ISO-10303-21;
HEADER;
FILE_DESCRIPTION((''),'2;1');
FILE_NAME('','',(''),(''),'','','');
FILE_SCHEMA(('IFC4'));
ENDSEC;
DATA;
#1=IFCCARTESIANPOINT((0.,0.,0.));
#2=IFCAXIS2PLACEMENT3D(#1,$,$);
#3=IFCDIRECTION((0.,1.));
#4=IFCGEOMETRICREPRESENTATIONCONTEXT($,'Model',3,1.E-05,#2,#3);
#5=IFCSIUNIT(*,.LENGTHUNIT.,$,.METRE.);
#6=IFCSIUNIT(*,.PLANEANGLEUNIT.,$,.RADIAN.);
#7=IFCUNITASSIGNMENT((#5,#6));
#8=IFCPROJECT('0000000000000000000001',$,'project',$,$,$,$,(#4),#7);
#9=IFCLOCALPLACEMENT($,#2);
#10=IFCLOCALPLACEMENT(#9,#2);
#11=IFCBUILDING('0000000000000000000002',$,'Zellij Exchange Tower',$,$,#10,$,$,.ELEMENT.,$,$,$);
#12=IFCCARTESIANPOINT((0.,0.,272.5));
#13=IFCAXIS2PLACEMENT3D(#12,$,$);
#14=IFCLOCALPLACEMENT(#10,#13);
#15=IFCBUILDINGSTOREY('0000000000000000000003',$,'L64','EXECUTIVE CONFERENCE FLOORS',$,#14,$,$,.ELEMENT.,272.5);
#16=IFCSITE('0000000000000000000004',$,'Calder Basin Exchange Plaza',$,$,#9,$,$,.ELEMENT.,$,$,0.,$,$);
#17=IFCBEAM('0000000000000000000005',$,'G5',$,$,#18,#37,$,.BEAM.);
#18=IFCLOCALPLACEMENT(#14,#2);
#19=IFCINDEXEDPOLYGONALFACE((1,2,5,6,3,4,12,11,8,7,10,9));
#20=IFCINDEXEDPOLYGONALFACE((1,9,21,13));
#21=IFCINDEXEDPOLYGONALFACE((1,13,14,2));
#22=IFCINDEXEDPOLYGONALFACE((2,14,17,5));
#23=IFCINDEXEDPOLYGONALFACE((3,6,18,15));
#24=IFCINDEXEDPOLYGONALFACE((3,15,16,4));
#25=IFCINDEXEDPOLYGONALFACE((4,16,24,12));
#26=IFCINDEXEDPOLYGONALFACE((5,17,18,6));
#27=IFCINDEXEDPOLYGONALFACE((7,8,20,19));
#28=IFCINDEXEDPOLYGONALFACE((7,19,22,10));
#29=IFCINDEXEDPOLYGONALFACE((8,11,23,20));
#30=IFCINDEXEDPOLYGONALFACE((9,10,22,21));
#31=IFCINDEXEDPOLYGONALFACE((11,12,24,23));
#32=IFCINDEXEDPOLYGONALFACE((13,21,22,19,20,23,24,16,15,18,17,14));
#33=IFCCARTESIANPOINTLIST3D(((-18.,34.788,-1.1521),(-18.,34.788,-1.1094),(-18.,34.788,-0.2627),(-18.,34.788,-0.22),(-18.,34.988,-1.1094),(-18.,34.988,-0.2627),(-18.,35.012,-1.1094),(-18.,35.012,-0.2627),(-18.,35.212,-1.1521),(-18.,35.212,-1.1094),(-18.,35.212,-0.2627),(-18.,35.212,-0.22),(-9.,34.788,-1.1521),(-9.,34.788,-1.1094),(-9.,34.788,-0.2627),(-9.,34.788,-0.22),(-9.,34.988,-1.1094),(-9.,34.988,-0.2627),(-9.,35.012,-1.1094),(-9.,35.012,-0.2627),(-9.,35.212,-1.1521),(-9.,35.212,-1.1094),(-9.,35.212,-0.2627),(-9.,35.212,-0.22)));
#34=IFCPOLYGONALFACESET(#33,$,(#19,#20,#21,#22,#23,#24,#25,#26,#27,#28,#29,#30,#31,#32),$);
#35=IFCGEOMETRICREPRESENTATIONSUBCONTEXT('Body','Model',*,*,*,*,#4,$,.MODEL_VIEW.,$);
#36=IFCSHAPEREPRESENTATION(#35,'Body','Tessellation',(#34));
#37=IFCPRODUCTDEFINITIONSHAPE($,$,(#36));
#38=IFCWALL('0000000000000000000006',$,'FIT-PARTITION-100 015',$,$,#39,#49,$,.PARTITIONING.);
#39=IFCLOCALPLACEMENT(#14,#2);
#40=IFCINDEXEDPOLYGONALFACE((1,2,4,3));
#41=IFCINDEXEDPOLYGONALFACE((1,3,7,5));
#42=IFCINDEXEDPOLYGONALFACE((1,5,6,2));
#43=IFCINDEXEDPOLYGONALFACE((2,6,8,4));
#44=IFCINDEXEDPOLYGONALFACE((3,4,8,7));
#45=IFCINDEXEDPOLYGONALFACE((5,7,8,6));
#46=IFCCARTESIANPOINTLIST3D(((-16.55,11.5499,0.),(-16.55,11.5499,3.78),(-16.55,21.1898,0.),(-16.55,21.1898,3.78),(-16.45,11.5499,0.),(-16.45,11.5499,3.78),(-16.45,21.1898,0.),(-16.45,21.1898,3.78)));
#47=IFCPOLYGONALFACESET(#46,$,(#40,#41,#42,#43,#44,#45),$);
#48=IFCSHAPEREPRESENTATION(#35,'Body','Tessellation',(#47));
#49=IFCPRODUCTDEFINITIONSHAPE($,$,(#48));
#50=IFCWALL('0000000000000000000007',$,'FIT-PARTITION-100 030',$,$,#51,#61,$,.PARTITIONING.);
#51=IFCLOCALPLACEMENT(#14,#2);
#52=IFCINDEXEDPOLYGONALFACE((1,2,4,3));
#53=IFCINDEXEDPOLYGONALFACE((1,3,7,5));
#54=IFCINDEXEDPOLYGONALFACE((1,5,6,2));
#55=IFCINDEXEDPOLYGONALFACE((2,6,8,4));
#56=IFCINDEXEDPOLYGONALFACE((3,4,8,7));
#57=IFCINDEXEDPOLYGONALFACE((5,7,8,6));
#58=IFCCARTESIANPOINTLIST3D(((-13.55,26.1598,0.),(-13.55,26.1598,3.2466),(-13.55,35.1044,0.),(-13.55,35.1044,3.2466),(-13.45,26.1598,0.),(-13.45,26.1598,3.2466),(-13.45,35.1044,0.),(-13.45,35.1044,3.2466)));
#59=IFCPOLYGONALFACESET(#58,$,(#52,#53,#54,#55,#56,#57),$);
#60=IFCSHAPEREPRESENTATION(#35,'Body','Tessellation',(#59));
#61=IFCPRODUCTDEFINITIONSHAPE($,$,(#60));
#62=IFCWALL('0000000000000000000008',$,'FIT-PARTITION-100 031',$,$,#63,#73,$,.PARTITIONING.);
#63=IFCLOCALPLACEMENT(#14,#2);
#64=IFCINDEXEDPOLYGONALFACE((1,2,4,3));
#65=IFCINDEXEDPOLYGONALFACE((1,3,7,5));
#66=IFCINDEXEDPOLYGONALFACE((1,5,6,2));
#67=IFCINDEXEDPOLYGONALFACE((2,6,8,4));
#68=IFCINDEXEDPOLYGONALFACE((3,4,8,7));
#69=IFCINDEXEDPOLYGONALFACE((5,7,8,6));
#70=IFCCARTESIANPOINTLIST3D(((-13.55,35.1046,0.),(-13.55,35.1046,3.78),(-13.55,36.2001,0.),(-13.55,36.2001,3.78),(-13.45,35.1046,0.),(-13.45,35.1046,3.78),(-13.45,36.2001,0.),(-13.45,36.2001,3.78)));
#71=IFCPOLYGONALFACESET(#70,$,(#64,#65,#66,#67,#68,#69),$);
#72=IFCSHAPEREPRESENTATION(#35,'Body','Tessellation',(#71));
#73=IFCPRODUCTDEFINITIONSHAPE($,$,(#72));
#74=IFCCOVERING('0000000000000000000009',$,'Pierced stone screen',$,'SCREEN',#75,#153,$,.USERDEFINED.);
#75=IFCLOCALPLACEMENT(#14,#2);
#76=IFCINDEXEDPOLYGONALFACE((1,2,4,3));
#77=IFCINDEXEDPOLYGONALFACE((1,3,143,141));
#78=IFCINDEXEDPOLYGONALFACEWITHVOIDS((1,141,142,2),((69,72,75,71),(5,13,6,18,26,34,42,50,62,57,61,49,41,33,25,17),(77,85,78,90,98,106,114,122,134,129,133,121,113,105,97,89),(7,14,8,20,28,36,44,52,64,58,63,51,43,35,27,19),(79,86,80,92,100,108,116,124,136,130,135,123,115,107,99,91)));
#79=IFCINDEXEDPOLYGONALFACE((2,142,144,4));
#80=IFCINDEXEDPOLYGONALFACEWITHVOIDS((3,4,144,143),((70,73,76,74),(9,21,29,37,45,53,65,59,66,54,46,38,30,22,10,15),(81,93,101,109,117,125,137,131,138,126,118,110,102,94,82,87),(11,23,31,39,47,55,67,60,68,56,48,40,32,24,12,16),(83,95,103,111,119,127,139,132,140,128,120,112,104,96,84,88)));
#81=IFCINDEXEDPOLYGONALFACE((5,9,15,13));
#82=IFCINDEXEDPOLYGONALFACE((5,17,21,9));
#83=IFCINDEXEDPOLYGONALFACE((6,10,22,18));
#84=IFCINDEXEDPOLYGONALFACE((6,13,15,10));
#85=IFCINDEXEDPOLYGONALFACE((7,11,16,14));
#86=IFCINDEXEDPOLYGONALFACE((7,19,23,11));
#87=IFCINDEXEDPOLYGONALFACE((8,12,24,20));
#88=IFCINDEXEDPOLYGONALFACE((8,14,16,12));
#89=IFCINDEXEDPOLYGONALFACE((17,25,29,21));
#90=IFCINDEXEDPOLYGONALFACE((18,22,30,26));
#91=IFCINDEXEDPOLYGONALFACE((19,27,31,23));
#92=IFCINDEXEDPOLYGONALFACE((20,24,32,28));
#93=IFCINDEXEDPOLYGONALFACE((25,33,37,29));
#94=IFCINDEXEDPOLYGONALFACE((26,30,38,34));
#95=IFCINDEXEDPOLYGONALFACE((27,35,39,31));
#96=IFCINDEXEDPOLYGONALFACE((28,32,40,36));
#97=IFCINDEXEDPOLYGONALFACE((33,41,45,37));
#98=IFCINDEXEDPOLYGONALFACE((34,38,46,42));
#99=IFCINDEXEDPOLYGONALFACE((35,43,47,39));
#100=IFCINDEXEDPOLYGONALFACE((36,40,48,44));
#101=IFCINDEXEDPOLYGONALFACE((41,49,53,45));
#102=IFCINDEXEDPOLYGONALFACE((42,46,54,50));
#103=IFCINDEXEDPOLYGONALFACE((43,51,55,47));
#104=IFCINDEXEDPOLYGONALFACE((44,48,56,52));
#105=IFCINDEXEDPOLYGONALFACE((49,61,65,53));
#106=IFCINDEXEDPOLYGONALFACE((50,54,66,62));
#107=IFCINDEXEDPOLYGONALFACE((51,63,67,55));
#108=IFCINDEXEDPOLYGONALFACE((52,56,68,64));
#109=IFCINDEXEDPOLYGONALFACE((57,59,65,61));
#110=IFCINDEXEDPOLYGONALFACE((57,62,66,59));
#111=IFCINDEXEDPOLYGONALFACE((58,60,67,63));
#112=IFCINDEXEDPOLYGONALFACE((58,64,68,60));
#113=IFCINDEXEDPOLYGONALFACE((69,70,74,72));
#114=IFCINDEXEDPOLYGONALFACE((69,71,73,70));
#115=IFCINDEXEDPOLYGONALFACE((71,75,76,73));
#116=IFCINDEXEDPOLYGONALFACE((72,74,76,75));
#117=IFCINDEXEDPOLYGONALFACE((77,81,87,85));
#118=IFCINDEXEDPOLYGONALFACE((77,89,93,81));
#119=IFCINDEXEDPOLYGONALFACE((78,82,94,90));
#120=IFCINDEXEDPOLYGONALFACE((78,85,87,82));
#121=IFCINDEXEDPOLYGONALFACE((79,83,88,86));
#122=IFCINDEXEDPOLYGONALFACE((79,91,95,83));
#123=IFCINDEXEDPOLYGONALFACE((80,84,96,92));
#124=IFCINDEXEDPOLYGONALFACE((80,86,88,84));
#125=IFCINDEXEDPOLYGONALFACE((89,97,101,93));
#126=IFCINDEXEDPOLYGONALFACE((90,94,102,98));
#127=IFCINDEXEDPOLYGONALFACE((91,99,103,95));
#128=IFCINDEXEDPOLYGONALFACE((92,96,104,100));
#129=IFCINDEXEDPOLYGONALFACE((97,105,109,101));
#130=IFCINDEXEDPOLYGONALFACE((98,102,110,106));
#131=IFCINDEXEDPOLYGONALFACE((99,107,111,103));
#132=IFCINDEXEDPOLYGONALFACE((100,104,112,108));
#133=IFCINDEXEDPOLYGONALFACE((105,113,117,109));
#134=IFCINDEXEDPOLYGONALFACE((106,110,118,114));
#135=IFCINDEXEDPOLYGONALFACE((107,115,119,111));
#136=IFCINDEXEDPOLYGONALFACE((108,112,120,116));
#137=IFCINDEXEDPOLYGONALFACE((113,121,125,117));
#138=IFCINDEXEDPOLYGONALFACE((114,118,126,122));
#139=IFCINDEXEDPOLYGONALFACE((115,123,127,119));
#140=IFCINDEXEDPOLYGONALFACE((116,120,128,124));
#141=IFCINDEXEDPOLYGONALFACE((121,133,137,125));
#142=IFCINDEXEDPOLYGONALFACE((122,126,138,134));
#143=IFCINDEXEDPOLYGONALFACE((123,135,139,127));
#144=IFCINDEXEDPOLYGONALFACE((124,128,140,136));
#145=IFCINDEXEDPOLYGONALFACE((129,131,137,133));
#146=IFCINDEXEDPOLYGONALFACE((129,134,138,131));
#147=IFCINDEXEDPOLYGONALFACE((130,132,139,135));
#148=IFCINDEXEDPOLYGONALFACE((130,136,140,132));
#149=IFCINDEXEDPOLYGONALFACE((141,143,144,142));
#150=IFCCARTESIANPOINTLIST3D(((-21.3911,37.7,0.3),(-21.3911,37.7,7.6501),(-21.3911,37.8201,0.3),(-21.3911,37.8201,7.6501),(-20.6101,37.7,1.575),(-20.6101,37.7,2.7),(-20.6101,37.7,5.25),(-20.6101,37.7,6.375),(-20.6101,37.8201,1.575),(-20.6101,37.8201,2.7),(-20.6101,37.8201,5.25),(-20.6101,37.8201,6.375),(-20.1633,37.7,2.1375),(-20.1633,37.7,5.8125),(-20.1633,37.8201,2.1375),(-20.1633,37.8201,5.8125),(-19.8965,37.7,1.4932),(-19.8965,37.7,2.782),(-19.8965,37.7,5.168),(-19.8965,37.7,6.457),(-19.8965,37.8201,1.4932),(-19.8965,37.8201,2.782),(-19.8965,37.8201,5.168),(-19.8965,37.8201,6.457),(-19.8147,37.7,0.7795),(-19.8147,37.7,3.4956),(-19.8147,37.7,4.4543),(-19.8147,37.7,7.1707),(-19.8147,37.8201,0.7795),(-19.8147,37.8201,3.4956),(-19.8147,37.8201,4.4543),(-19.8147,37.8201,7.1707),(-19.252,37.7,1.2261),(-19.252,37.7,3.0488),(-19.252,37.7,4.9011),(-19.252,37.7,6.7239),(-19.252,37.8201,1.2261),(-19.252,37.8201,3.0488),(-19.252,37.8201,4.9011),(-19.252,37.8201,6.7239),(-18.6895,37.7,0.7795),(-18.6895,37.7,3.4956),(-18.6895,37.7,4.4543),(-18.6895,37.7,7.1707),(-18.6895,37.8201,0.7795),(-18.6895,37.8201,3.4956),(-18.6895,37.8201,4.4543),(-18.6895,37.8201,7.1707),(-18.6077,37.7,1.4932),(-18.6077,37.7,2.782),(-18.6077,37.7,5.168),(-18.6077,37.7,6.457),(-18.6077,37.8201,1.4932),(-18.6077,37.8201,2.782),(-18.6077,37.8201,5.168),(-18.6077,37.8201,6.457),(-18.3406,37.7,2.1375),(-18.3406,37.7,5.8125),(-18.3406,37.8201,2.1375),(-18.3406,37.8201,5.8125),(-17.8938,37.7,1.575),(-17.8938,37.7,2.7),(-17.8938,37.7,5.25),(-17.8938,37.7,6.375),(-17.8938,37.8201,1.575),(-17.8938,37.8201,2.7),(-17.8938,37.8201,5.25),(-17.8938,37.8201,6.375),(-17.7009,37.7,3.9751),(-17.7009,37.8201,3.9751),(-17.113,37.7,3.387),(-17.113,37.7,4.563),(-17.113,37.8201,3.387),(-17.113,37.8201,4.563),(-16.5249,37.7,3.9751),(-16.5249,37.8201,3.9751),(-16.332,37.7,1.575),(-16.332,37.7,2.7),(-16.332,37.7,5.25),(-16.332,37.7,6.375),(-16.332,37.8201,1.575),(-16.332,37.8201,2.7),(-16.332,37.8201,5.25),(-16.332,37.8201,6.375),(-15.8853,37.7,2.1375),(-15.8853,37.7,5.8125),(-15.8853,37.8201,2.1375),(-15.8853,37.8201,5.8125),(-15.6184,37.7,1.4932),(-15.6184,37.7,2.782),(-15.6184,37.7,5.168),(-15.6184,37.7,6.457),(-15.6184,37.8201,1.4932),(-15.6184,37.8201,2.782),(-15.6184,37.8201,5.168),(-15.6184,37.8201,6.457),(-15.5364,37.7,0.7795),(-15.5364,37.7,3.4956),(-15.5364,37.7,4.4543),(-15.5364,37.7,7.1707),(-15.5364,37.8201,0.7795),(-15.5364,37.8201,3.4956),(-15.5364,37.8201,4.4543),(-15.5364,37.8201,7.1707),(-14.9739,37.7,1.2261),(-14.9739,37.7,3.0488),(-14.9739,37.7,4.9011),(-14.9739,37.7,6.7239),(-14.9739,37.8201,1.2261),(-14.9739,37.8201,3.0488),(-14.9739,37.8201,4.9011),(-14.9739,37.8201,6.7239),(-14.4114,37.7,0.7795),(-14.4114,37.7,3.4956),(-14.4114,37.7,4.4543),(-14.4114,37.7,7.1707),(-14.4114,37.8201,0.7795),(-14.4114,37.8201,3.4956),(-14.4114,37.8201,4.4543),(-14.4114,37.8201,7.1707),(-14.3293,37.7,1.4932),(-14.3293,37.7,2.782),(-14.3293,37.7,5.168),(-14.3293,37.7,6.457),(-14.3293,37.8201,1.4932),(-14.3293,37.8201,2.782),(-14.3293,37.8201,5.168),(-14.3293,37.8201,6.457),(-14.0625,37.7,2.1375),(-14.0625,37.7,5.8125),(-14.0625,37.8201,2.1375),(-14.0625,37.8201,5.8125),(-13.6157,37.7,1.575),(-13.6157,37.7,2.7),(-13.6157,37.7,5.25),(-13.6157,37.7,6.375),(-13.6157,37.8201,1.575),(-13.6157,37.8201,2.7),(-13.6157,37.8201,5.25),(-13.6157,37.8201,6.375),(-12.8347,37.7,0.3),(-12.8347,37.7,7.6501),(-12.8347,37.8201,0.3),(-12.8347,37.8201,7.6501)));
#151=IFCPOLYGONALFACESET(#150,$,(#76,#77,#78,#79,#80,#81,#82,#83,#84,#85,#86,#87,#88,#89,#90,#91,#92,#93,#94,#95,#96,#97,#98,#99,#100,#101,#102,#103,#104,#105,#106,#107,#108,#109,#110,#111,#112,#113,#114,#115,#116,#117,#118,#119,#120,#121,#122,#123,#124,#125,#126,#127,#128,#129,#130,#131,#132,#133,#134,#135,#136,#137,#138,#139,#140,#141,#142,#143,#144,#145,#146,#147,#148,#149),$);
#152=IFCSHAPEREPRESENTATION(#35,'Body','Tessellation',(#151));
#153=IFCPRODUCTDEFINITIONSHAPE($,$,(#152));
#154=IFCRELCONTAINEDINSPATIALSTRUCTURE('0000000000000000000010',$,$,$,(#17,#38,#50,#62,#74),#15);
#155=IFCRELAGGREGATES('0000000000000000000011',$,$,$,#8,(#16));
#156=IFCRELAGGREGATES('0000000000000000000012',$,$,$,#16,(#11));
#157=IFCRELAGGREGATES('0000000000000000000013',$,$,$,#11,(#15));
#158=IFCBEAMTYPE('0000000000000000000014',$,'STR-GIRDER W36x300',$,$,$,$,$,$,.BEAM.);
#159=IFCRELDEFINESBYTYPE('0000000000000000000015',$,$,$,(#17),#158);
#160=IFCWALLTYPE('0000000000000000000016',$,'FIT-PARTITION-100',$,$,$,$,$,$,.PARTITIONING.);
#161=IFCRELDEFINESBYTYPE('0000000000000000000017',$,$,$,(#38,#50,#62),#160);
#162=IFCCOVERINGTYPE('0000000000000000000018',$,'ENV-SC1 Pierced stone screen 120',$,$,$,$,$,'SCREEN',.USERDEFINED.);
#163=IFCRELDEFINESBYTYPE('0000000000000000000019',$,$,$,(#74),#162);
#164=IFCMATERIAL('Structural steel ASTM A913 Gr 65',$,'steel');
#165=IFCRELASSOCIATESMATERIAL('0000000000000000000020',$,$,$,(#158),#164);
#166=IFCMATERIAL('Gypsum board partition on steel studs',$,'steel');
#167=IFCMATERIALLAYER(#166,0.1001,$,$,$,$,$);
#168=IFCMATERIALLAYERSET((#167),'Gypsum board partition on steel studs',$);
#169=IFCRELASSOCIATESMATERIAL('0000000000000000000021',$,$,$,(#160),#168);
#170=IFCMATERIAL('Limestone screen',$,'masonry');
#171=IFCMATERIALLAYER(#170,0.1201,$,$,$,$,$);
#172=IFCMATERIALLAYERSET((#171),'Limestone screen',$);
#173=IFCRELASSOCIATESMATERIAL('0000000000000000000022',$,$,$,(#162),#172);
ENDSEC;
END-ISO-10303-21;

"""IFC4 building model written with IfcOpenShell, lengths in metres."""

from ifc_helpers import new_model, si_unit, direction, frame, frame_2d, origin, origin_2d, place, context, subcontext, project, spatial, polyline, rectangle, i_section, outline, extrude, material, layer, layer_set, material_profile, profile_set, type_object, element, save


model = new_model("IFC4")

# Units and contexts
model_context = context("Model", 3, precision=1e-05, world=origin(), true_north=direction((0.0, 1.0)))
body_context = subcontext(model_context, "Body", "Model", "MODEL_VIEW")
ifc_project = project(units=[si_unit("LENGTHUNIT", "METRE"), si_unit("PLANEANGLEUNIT", "RADIAN")], contexts=[model_context])

# Site, building, storey
site_placement = place(None, origin())
site = spatial("IfcSite", under=ifc_project, at=site_placement, Name="Calder Basin Exchange Plaza", CompositionType="ELEMENT", RefElevation=0.0)
building_placement = place(site_placement, origin())
building = spatial("IfcBuilding", under=site, at=building_placement, Name="Zellij Exchange Tower", CompositionType="ELEMENT")
storey_placement = place(building_placement, frame((0.0, 0.0, 272.5)))
storey = spatial("IfcBuildingStorey", under=building, at=storey_placement, Name="L64", Description="EXECUTIVE CONFERENCE FLOORS", CompositionType="ELEMENT", Elevation=272.5)

# Beam
ifc_material_1 = material(Name="Structural steel ASTM A913 Gr 65", Category="steel")
ifc_material_profile_1 = material_profile(ifc_material_1, i_section(OverallWidth=0.4241, OverallDepth=0.9321, WebThickness=0.0239, FlangeThickness=0.0427, at=origin_2d()), Name="W36x300")
ifc_profile_set_1 = profile_set([ifc_material_profile_1], Name="Structural steel ASTM A913 Gr 65")
beam_type = type_object("IfcBeamType", Name="STR-GIRDER W36x300", PredefinedType="BEAM", material=ifc_profile_set_1)
for number, where, z_axis, x_axis, name in (
    (1, (-18.0, 35.0, -0.686), (1.0, 0.0, 0.0), (0.0, 1.0, 0.0), "G5"),
):
    element("IfcBeam", number, at=place(storey_placement, frame(where, z_axis=z_axis, x_axis=x_axis)), inside=storey, type_object=beam_type, Name=name, PredefinedType="BEAM", context=body_context, shape_type="SweptSolid", body=[
        extrude(i_section(OverallWidth=0.4241, OverallDepth=0.9321, WebThickness=0.0239, FlangeThickness=0.0427, at=origin_2d()), origin(), (0.0, 0.0, 1.0), 9.0),
    ])

# Walls
ifc_material_2 = material(Name="Gypsum board partition on steel studs", Category="steel")
ifc_layer_1 = layer(ifc_material_2, 0.1001)
ifc_layer_set_1 = layer_set([ifc_layer_1], Name="Gypsum board partition on steel studs")
wall_type = type_object("IfcWallType", Name="FIT-PARTITION-100", PredefinedType="PARTITIONING", material=ifc_layer_set_1)
wall_1_placement = place(storey_placement, frame((-16.5, 11.55, 0.0), z_axis=(0.0, 0.0, 1.0), x_axis=(0.0, 1.0, 0.0)))
element("IfcWall", 2, at=wall_1_placement, inside=storey, type_object=wall_type, Name="FIT-PARTITION-100 015", PredefinedType="PARTITIONING", context=body_context, shape_type="SweptSolid", body=[
    extrude(rectangle(XDim=9.6399, YDim=0.1001, at=frame_2d((4.8198, 0.0))), origin(), (0.0, 0.0, 1.0), 3.78),
])
wall_2_placement = place(storey_placement, frame((-13.5, 26.1599, 0.0), z_axis=(0.0, 0.0, 1.0), x_axis=(0.0, 1.0, 0.0)))
element("IfcWall", 3, at=wall_2_placement, inside=storey, type_object=wall_type, Name="FIT-PARTITION-100 030", PredefinedType="PARTITIONING", context=body_context, shape_type="SweptSolid", body=[
    extrude(rectangle(XDim=8.9446, YDim=0.1001, at=frame_2d((4.4722, 0.0))), origin(), (0.0, 0.0, 1.0), 3.2466),
])
wall_3_placement = place(storey_placement, frame((-13.5, 35.1045, 0.0), z_axis=(0.0, 0.0, 1.0), x_axis=(0.0, 1.0, 0.0)))
element("IfcWall", 4, at=wall_3_placement, inside=storey, type_object=wall_type, Name="FIT-PARTITION-100 031", PredefinedType="PARTITIONING", context=body_context, shape_type="SweptSolid", body=[
    extrude(rectangle(XDim=1.0955, YDim=0.1001, at=frame_2d((0.5479, 0.0))), origin(), (0.0, 0.0, 1.0), 3.78),
])

# Covering
ifc_material_3 = material(Name="Limestone screen", Category="masonry")
ifc_layer_2 = layer(ifc_material_3, 0.1201)
ifc_layer_set_2 = layer_set([ifc_layer_2], Name="Limestone screen")
covering_type = type_object("IfcCoveringType", Name="ENV-SC1 Pierced stone screen 120", ElementType="SCREEN", PredefinedType="USERDEFINED", material=ifc_layer_set_2)
covering_1_placement = place(storey_placement, frame((-12.8347, 37.76, 0.3), z_axis=(0.0, 0.0, 1.0), x_axis=(-1.0, 0.0, 0.0)))
element("IfcCovering", 5, at=covering_1_placement, inside=storey, type_object=covering_type, Name="Pierced stone screen", ObjectType="SCREEN", PredefinedType="USERDEFINED", context=body_context, shape_type="SweptSolid", body=[
    extrude(outline(polyline([(0.0, 0.0), (8.5564, 0.0), (8.5564, 7.3501), (0.0, 7.3501), (0.0, 0.0)]), holes=[polyline([(3.4973, 2.3999), (2.7837, 2.4819), (2.7017, 3.1956), (2.1392, 2.7488), (1.5767, 3.1956), (1.4946, 2.4819), (0.781, 2.3999), (1.2278, 1.8374), (0.781, 1.2749), (1.4946, 1.1931), (1.5767, 0.4795), (2.1392, 0.926), (2.7017, 0.4795), (2.7837, 1.1931), (3.4973, 1.2749), (3.0505, 1.8374), (3.4973, 2.3999)]), polyline([(3.4973, 6.075), (2.7837, 6.157), (2.7017, 6.8706), (2.1392, 6.4238), (1.5767, 6.8706), (1.4946, 6.157), (0.781, 6.075), (1.2278, 5.5125), (0.781, 4.95), (1.4946, 4.8679), (1.5767, 4.1543), (2.1392, 4.6011), (2.7017, 4.1543), (2.7837, 4.8679), (3.4973, 4.95), (3.0505, 5.5125), (3.4973, 6.075)]), polyline([(7.7754, 2.3999), (7.0618, 2.4819), (6.98, 3.1956), (6.4172, 2.7488), (5.8547, 3.1956), (5.7729, 2.4819), (5.0591, 2.3999), (5.5059, 1.8374), (5.0591, 1.2749), (5.7729, 1.1931), (5.8547, 0.4795), (6.4172, 0.926), (6.98, 0.4795), (7.0618, 1.1931), (7.7754, 1.2749), (7.3286, 1.8374), (7.7754, 2.3999)]), polyline([(7.7754, 6.075), (7.0618, 6.157), (6.98, 6.8706), (6.4172, 6.4238), (5.8547, 6.8706), (5.7729, 6.157), (5.0591, 6.075), (5.5059, 5.5125), (5.0591, 4.95), (5.7729, 4.8679), (5.8547, 4.1543), (6.4172, 4.6011), (6.98, 4.1543), (7.0618, 4.8679), (7.7754, 4.95), (7.3286, 5.5125), (7.7754, 6.075)]), polyline([(4.8662, 3.675), (4.2783, 4.2629), (3.6902, 3.675), (4.2783, 3.0869), (4.8662, 3.675)])]), frame((0.0, 0.0601, 0.0), z_axis=(0.0, -1.0, 0.0), x_axis=(1.0, 0.0, 0.0)), (0.0, 0.0, 1.0), 0.1201),
])

save(model, "model.ifc")
